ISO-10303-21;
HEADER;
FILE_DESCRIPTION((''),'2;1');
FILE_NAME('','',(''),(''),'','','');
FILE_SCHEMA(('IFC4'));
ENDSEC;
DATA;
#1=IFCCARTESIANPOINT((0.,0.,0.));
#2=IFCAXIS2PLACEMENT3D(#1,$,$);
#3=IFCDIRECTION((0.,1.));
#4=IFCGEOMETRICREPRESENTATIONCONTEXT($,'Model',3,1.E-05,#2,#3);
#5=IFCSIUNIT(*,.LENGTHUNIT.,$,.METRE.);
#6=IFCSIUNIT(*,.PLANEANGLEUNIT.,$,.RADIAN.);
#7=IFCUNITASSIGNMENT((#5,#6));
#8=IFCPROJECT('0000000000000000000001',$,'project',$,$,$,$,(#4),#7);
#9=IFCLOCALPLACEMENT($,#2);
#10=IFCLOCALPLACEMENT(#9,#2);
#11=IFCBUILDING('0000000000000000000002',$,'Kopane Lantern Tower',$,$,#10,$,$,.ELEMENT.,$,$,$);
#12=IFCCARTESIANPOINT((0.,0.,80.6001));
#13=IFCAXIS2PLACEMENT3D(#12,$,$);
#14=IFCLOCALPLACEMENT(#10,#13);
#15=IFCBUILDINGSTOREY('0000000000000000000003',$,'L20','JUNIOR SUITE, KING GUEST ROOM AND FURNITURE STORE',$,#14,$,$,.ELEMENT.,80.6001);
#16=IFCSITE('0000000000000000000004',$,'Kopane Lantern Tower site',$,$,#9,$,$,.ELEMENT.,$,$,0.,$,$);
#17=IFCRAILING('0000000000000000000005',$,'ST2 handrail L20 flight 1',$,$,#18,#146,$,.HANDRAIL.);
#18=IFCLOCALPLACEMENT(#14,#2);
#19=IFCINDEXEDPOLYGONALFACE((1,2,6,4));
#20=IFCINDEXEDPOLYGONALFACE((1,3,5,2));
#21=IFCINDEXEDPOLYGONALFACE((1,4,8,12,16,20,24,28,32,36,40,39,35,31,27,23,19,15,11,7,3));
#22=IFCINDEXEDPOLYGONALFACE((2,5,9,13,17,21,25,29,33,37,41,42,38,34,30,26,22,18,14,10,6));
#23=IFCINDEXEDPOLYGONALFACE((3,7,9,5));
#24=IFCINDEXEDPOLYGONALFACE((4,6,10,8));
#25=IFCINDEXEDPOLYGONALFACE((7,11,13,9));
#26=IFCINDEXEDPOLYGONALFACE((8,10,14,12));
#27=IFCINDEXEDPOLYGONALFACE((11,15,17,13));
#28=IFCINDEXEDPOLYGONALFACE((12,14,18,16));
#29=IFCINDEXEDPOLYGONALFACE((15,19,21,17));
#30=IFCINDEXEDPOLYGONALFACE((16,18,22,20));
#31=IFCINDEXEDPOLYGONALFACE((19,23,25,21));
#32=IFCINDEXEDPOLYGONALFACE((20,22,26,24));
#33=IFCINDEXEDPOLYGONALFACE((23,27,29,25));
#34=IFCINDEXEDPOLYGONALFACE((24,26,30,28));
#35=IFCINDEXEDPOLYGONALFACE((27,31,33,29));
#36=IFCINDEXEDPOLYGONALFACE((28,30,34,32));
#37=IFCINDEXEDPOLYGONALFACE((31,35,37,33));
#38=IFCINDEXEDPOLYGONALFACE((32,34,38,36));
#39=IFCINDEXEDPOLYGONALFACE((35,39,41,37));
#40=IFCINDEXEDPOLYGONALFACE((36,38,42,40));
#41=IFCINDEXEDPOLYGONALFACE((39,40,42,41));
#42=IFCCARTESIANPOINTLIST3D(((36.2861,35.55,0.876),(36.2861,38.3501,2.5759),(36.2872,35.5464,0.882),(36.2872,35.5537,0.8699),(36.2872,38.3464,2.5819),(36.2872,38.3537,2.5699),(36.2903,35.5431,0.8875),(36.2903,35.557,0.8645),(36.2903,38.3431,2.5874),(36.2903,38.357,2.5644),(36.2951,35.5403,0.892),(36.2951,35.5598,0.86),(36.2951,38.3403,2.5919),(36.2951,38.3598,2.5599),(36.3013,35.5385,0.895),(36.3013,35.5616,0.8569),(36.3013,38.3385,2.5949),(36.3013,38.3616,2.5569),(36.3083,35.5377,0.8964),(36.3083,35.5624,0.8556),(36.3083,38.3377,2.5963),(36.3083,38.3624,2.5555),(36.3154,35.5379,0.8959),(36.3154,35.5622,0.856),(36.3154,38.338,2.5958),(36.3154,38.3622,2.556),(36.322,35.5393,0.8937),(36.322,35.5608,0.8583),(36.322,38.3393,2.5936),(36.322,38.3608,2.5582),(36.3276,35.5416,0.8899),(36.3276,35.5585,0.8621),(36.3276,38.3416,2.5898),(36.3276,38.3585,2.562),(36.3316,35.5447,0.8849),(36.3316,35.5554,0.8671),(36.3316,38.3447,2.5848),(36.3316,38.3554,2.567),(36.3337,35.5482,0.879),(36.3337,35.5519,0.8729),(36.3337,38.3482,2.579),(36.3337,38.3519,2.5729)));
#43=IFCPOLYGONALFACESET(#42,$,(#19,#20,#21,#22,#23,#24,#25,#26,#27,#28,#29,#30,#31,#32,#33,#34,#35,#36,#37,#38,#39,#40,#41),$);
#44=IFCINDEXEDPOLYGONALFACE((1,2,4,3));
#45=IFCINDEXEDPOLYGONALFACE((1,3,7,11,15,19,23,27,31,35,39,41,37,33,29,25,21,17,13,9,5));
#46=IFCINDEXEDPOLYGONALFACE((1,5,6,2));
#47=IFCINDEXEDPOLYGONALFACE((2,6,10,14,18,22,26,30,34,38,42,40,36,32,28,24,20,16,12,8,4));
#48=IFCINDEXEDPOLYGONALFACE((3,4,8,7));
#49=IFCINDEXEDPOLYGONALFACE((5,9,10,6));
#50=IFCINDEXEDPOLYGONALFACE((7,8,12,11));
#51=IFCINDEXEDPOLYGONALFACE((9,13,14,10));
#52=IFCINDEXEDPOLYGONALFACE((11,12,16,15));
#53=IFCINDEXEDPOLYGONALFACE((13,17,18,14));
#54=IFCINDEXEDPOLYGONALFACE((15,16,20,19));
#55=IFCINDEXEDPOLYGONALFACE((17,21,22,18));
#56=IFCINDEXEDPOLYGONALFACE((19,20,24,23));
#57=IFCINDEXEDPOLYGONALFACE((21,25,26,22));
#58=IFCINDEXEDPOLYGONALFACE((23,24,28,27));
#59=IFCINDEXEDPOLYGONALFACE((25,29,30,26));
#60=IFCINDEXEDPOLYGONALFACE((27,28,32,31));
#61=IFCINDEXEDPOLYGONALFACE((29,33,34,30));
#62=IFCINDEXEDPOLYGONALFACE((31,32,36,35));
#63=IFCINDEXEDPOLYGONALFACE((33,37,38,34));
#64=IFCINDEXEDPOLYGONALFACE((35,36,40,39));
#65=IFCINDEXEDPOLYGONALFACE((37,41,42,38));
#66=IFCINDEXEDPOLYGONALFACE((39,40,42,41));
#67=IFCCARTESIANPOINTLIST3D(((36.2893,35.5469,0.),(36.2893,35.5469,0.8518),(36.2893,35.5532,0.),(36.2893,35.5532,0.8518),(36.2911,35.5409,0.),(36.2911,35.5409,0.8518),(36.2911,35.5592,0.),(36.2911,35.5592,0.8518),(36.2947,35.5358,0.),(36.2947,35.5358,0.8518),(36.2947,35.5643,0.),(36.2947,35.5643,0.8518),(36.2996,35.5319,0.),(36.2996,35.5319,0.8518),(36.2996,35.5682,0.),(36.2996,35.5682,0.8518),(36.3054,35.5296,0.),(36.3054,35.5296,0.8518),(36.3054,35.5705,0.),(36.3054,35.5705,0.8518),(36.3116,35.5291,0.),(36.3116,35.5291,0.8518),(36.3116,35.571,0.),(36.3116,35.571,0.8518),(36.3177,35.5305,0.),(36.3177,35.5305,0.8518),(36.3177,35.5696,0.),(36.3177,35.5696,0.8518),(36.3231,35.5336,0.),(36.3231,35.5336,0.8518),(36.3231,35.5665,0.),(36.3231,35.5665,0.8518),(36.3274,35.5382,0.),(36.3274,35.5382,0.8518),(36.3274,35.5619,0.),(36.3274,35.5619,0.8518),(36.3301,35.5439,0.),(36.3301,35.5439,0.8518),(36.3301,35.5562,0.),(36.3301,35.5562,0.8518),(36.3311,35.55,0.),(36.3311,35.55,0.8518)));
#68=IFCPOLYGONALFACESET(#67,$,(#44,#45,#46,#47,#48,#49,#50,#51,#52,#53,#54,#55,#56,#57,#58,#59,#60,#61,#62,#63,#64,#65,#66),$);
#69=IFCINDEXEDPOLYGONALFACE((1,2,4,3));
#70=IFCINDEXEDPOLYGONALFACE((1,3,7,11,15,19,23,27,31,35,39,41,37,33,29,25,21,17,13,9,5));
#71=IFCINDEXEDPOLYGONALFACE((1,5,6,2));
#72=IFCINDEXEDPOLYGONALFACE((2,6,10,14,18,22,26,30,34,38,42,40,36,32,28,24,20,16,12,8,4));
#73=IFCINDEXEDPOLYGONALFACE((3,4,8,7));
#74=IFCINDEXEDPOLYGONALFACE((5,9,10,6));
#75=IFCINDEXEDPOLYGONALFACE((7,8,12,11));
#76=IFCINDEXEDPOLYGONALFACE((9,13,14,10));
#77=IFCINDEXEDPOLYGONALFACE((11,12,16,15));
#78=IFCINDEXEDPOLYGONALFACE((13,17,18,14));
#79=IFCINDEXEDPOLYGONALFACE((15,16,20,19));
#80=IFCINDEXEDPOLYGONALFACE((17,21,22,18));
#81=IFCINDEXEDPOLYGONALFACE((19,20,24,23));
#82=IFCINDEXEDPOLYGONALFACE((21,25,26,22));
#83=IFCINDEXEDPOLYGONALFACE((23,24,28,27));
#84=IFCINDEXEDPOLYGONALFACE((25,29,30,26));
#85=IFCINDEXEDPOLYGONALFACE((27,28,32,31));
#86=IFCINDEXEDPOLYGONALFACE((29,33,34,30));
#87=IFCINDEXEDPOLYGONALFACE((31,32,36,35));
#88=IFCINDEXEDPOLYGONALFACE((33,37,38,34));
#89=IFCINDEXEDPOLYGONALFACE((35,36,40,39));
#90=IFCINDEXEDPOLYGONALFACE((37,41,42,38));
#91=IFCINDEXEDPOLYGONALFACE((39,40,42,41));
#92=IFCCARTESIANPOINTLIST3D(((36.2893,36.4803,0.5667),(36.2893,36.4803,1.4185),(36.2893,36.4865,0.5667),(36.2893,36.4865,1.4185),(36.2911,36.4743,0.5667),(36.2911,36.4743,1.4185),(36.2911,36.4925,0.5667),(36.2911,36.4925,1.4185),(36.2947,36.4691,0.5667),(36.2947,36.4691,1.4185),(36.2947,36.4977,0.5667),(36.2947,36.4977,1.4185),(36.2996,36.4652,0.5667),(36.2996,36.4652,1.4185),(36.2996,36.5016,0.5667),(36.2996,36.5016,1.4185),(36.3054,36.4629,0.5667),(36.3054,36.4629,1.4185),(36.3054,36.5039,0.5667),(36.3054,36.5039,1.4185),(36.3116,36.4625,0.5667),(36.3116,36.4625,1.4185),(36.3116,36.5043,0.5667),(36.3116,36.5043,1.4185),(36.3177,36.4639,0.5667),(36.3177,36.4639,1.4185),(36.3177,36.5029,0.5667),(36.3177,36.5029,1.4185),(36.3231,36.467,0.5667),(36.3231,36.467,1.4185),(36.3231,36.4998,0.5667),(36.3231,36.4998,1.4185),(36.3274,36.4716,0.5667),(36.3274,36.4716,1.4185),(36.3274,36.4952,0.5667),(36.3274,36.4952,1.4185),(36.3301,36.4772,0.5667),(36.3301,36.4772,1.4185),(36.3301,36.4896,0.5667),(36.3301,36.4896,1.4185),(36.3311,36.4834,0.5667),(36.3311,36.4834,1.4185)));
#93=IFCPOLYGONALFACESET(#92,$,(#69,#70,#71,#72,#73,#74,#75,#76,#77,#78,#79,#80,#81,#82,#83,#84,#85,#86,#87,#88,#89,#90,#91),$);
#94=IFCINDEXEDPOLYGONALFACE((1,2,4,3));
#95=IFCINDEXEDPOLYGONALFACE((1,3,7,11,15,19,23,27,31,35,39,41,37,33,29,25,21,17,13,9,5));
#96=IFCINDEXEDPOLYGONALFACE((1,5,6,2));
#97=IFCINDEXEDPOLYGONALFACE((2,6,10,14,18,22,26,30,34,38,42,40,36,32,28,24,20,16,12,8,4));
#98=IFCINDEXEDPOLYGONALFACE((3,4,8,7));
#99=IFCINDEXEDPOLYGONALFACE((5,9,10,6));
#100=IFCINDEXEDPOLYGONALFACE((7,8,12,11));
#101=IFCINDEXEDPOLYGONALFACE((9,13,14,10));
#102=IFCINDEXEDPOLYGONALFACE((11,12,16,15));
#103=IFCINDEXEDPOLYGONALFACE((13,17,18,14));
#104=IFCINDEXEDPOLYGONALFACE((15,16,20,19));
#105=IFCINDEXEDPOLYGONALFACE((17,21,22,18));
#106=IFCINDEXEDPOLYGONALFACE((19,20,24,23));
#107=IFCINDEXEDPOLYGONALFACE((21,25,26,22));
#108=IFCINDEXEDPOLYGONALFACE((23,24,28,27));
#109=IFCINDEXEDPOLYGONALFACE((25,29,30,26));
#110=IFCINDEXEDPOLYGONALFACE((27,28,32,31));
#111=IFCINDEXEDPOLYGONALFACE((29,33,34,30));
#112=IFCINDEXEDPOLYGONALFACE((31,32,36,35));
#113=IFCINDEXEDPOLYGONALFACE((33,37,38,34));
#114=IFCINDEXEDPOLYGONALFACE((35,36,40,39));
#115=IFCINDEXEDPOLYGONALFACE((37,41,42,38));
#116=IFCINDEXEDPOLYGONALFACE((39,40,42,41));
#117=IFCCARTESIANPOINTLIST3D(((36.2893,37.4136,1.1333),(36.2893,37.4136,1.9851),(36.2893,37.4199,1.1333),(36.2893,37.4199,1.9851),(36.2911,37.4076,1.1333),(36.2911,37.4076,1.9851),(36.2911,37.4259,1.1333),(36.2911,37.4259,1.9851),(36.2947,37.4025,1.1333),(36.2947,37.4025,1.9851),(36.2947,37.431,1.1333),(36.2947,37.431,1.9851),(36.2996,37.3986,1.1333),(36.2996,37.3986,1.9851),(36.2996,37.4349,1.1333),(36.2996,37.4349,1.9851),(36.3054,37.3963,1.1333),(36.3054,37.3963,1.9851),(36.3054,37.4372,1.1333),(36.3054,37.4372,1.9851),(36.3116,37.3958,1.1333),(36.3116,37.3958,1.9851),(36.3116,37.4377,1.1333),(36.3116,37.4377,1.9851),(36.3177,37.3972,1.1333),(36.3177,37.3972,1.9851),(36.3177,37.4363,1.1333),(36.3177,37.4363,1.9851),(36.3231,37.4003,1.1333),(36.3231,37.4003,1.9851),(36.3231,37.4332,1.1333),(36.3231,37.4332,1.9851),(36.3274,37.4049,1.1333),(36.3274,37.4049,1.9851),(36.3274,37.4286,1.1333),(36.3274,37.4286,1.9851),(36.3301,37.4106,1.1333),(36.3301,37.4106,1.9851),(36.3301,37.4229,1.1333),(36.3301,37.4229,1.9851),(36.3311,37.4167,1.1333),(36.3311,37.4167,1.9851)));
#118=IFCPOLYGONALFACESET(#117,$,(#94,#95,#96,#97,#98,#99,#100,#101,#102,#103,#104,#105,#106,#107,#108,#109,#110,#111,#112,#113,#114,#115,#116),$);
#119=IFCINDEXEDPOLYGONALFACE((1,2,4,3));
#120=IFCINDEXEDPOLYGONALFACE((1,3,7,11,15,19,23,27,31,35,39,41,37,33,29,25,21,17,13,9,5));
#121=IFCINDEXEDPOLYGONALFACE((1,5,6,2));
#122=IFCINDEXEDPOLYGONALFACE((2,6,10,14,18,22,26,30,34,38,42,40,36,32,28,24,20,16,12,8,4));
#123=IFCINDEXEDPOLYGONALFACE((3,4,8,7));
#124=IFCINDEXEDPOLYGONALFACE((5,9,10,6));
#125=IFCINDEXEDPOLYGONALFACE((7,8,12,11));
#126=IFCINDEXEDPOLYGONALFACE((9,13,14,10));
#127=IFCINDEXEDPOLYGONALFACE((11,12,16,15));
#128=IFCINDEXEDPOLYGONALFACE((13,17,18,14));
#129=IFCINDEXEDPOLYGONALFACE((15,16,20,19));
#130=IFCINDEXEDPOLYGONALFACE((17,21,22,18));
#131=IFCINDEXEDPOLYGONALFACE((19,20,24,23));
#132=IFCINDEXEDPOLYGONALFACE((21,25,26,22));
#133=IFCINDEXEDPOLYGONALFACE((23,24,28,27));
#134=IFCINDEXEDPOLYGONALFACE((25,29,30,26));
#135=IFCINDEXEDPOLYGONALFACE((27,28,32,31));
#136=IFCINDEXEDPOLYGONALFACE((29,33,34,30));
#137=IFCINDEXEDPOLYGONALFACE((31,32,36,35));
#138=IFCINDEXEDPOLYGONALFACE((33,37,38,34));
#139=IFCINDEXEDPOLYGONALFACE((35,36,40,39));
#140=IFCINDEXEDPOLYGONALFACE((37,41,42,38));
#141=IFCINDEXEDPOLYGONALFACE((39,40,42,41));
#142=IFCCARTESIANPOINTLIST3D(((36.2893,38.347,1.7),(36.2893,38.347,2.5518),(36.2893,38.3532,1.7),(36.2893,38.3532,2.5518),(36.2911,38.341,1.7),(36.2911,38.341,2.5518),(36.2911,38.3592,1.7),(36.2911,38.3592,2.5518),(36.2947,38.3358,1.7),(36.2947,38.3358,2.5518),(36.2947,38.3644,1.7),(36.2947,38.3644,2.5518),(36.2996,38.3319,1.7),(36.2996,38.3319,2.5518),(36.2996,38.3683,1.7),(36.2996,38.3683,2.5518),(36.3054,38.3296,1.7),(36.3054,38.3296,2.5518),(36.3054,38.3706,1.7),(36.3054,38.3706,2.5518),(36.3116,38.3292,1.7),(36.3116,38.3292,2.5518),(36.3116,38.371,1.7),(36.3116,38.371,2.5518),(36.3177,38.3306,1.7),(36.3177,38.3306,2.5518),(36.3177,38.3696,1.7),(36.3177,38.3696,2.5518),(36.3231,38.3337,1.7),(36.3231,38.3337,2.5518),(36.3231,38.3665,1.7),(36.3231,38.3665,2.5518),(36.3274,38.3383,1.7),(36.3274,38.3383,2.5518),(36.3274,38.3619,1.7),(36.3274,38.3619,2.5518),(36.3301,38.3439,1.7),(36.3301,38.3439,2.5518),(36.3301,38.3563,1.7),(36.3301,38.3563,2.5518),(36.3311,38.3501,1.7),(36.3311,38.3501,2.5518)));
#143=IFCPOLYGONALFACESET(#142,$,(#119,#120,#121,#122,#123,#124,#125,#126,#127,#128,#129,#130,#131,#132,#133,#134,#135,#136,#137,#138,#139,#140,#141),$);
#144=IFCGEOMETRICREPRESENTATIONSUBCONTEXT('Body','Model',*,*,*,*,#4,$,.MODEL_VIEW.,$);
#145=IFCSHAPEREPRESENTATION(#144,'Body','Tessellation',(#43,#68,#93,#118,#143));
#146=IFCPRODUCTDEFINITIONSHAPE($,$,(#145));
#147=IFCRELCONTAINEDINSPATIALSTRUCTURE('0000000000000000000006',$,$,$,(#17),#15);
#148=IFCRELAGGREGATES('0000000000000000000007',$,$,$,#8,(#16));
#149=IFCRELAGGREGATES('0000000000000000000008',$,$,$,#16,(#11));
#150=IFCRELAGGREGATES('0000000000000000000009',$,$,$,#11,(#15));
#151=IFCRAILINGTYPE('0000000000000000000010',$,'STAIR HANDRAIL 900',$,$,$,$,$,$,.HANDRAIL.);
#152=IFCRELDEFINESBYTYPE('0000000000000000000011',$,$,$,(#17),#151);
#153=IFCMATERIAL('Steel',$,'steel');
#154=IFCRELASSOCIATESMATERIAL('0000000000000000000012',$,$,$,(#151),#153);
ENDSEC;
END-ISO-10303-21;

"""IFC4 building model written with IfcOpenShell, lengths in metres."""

from ifc_helpers import new_model, si_unit, direction, frame, origin, origin_2d, place, context, subcontext, project, spatial, circle, extrude, material, type_object, element, save


model = new_model("IFC4")

# Units and contexts
model_context = context("Model", 3, precision=1e-05, world=origin(), true_north=direction((0.0, 1.0)))
body_context = subcontext(model_context, "Body", "Model", "MODEL_VIEW")
ifc_project = project(units=[si_unit("LENGTHUNIT", "METRE"), si_unit("PLANEANGLEUNIT", "RADIAN")], contexts=[model_context])

# Site, building, storey
site_placement = place(None, origin())
site = spatial("IfcSite", under=ifc_project, at=site_placement, Name="Kopane Lantern Tower site", CompositionType="ELEMENT", RefElevation=0.0)
building_placement = place(site_placement, origin())
building = spatial("IfcBuilding", under=site, at=building_placement, Name="Kopane Lantern Tower", CompositionType="ELEMENT")
storey_placement = place(building_placement, frame((0.0, 0.0, 80.6001)))
storey = spatial("IfcBuildingStorey", under=building, at=storey_placement, Name="L20", Description="JUNIOR SUITE, KING GUEST ROOM AND FURNITURE STORE", CompositionType="ELEMENT", Elevation=80.6001)

# Railing
ifc_material_1 = material(Name="Steel", Category="steel")
railing_type = type_object("IfcRailingType", Name="STAIR HANDRAIL 900", PredefinedType="HANDRAIL", material=ifc_material_1)
for number, where, name in (
    (1, (36.3101, 35.55, 0.0), "ST2 handrail L20 flight 1"),
):
    element("IfcRailing", number, at=place(storey_placement, frame(where)), inside=storey, type_object=railing_type, Name=name, PredefinedType="HANDRAIL", context=body_context, shape_type="SweptSolid", body=[
        extrude(circle(Radius=0.0239, at=origin_2d()), frame((0.0, 0.0, 0.876), z_axis=(0.0, 0.854798, 0.518961), x_axis=(-1.0, 0.0, 0.0)), (0.0, 0.0, 1.0), 3.2756),
        extrude(circle(Radius=0.021, at=origin_2d()), origin(), (0.0, 0.0, 1.0), 0.8518),
        extrude(circle(Radius=0.021, at=origin_2d()), frame((0.0, 0.9333, 0.5667)), (0.0, 0.0, 1.0), 0.8518),
        extrude(circle(Radius=0.021, at=origin_2d()), frame((0.0, 1.8667, 1.1333)), (0.0, 0.0, 1.0), 0.8518),
        extrude(circle(Radius=0.021, at=origin_2d()), frame((0.0, 2.8, 1.7)), (0.0, 0.0, 1.0), 0.8518),
    ])

save(model, "model.ifc")
